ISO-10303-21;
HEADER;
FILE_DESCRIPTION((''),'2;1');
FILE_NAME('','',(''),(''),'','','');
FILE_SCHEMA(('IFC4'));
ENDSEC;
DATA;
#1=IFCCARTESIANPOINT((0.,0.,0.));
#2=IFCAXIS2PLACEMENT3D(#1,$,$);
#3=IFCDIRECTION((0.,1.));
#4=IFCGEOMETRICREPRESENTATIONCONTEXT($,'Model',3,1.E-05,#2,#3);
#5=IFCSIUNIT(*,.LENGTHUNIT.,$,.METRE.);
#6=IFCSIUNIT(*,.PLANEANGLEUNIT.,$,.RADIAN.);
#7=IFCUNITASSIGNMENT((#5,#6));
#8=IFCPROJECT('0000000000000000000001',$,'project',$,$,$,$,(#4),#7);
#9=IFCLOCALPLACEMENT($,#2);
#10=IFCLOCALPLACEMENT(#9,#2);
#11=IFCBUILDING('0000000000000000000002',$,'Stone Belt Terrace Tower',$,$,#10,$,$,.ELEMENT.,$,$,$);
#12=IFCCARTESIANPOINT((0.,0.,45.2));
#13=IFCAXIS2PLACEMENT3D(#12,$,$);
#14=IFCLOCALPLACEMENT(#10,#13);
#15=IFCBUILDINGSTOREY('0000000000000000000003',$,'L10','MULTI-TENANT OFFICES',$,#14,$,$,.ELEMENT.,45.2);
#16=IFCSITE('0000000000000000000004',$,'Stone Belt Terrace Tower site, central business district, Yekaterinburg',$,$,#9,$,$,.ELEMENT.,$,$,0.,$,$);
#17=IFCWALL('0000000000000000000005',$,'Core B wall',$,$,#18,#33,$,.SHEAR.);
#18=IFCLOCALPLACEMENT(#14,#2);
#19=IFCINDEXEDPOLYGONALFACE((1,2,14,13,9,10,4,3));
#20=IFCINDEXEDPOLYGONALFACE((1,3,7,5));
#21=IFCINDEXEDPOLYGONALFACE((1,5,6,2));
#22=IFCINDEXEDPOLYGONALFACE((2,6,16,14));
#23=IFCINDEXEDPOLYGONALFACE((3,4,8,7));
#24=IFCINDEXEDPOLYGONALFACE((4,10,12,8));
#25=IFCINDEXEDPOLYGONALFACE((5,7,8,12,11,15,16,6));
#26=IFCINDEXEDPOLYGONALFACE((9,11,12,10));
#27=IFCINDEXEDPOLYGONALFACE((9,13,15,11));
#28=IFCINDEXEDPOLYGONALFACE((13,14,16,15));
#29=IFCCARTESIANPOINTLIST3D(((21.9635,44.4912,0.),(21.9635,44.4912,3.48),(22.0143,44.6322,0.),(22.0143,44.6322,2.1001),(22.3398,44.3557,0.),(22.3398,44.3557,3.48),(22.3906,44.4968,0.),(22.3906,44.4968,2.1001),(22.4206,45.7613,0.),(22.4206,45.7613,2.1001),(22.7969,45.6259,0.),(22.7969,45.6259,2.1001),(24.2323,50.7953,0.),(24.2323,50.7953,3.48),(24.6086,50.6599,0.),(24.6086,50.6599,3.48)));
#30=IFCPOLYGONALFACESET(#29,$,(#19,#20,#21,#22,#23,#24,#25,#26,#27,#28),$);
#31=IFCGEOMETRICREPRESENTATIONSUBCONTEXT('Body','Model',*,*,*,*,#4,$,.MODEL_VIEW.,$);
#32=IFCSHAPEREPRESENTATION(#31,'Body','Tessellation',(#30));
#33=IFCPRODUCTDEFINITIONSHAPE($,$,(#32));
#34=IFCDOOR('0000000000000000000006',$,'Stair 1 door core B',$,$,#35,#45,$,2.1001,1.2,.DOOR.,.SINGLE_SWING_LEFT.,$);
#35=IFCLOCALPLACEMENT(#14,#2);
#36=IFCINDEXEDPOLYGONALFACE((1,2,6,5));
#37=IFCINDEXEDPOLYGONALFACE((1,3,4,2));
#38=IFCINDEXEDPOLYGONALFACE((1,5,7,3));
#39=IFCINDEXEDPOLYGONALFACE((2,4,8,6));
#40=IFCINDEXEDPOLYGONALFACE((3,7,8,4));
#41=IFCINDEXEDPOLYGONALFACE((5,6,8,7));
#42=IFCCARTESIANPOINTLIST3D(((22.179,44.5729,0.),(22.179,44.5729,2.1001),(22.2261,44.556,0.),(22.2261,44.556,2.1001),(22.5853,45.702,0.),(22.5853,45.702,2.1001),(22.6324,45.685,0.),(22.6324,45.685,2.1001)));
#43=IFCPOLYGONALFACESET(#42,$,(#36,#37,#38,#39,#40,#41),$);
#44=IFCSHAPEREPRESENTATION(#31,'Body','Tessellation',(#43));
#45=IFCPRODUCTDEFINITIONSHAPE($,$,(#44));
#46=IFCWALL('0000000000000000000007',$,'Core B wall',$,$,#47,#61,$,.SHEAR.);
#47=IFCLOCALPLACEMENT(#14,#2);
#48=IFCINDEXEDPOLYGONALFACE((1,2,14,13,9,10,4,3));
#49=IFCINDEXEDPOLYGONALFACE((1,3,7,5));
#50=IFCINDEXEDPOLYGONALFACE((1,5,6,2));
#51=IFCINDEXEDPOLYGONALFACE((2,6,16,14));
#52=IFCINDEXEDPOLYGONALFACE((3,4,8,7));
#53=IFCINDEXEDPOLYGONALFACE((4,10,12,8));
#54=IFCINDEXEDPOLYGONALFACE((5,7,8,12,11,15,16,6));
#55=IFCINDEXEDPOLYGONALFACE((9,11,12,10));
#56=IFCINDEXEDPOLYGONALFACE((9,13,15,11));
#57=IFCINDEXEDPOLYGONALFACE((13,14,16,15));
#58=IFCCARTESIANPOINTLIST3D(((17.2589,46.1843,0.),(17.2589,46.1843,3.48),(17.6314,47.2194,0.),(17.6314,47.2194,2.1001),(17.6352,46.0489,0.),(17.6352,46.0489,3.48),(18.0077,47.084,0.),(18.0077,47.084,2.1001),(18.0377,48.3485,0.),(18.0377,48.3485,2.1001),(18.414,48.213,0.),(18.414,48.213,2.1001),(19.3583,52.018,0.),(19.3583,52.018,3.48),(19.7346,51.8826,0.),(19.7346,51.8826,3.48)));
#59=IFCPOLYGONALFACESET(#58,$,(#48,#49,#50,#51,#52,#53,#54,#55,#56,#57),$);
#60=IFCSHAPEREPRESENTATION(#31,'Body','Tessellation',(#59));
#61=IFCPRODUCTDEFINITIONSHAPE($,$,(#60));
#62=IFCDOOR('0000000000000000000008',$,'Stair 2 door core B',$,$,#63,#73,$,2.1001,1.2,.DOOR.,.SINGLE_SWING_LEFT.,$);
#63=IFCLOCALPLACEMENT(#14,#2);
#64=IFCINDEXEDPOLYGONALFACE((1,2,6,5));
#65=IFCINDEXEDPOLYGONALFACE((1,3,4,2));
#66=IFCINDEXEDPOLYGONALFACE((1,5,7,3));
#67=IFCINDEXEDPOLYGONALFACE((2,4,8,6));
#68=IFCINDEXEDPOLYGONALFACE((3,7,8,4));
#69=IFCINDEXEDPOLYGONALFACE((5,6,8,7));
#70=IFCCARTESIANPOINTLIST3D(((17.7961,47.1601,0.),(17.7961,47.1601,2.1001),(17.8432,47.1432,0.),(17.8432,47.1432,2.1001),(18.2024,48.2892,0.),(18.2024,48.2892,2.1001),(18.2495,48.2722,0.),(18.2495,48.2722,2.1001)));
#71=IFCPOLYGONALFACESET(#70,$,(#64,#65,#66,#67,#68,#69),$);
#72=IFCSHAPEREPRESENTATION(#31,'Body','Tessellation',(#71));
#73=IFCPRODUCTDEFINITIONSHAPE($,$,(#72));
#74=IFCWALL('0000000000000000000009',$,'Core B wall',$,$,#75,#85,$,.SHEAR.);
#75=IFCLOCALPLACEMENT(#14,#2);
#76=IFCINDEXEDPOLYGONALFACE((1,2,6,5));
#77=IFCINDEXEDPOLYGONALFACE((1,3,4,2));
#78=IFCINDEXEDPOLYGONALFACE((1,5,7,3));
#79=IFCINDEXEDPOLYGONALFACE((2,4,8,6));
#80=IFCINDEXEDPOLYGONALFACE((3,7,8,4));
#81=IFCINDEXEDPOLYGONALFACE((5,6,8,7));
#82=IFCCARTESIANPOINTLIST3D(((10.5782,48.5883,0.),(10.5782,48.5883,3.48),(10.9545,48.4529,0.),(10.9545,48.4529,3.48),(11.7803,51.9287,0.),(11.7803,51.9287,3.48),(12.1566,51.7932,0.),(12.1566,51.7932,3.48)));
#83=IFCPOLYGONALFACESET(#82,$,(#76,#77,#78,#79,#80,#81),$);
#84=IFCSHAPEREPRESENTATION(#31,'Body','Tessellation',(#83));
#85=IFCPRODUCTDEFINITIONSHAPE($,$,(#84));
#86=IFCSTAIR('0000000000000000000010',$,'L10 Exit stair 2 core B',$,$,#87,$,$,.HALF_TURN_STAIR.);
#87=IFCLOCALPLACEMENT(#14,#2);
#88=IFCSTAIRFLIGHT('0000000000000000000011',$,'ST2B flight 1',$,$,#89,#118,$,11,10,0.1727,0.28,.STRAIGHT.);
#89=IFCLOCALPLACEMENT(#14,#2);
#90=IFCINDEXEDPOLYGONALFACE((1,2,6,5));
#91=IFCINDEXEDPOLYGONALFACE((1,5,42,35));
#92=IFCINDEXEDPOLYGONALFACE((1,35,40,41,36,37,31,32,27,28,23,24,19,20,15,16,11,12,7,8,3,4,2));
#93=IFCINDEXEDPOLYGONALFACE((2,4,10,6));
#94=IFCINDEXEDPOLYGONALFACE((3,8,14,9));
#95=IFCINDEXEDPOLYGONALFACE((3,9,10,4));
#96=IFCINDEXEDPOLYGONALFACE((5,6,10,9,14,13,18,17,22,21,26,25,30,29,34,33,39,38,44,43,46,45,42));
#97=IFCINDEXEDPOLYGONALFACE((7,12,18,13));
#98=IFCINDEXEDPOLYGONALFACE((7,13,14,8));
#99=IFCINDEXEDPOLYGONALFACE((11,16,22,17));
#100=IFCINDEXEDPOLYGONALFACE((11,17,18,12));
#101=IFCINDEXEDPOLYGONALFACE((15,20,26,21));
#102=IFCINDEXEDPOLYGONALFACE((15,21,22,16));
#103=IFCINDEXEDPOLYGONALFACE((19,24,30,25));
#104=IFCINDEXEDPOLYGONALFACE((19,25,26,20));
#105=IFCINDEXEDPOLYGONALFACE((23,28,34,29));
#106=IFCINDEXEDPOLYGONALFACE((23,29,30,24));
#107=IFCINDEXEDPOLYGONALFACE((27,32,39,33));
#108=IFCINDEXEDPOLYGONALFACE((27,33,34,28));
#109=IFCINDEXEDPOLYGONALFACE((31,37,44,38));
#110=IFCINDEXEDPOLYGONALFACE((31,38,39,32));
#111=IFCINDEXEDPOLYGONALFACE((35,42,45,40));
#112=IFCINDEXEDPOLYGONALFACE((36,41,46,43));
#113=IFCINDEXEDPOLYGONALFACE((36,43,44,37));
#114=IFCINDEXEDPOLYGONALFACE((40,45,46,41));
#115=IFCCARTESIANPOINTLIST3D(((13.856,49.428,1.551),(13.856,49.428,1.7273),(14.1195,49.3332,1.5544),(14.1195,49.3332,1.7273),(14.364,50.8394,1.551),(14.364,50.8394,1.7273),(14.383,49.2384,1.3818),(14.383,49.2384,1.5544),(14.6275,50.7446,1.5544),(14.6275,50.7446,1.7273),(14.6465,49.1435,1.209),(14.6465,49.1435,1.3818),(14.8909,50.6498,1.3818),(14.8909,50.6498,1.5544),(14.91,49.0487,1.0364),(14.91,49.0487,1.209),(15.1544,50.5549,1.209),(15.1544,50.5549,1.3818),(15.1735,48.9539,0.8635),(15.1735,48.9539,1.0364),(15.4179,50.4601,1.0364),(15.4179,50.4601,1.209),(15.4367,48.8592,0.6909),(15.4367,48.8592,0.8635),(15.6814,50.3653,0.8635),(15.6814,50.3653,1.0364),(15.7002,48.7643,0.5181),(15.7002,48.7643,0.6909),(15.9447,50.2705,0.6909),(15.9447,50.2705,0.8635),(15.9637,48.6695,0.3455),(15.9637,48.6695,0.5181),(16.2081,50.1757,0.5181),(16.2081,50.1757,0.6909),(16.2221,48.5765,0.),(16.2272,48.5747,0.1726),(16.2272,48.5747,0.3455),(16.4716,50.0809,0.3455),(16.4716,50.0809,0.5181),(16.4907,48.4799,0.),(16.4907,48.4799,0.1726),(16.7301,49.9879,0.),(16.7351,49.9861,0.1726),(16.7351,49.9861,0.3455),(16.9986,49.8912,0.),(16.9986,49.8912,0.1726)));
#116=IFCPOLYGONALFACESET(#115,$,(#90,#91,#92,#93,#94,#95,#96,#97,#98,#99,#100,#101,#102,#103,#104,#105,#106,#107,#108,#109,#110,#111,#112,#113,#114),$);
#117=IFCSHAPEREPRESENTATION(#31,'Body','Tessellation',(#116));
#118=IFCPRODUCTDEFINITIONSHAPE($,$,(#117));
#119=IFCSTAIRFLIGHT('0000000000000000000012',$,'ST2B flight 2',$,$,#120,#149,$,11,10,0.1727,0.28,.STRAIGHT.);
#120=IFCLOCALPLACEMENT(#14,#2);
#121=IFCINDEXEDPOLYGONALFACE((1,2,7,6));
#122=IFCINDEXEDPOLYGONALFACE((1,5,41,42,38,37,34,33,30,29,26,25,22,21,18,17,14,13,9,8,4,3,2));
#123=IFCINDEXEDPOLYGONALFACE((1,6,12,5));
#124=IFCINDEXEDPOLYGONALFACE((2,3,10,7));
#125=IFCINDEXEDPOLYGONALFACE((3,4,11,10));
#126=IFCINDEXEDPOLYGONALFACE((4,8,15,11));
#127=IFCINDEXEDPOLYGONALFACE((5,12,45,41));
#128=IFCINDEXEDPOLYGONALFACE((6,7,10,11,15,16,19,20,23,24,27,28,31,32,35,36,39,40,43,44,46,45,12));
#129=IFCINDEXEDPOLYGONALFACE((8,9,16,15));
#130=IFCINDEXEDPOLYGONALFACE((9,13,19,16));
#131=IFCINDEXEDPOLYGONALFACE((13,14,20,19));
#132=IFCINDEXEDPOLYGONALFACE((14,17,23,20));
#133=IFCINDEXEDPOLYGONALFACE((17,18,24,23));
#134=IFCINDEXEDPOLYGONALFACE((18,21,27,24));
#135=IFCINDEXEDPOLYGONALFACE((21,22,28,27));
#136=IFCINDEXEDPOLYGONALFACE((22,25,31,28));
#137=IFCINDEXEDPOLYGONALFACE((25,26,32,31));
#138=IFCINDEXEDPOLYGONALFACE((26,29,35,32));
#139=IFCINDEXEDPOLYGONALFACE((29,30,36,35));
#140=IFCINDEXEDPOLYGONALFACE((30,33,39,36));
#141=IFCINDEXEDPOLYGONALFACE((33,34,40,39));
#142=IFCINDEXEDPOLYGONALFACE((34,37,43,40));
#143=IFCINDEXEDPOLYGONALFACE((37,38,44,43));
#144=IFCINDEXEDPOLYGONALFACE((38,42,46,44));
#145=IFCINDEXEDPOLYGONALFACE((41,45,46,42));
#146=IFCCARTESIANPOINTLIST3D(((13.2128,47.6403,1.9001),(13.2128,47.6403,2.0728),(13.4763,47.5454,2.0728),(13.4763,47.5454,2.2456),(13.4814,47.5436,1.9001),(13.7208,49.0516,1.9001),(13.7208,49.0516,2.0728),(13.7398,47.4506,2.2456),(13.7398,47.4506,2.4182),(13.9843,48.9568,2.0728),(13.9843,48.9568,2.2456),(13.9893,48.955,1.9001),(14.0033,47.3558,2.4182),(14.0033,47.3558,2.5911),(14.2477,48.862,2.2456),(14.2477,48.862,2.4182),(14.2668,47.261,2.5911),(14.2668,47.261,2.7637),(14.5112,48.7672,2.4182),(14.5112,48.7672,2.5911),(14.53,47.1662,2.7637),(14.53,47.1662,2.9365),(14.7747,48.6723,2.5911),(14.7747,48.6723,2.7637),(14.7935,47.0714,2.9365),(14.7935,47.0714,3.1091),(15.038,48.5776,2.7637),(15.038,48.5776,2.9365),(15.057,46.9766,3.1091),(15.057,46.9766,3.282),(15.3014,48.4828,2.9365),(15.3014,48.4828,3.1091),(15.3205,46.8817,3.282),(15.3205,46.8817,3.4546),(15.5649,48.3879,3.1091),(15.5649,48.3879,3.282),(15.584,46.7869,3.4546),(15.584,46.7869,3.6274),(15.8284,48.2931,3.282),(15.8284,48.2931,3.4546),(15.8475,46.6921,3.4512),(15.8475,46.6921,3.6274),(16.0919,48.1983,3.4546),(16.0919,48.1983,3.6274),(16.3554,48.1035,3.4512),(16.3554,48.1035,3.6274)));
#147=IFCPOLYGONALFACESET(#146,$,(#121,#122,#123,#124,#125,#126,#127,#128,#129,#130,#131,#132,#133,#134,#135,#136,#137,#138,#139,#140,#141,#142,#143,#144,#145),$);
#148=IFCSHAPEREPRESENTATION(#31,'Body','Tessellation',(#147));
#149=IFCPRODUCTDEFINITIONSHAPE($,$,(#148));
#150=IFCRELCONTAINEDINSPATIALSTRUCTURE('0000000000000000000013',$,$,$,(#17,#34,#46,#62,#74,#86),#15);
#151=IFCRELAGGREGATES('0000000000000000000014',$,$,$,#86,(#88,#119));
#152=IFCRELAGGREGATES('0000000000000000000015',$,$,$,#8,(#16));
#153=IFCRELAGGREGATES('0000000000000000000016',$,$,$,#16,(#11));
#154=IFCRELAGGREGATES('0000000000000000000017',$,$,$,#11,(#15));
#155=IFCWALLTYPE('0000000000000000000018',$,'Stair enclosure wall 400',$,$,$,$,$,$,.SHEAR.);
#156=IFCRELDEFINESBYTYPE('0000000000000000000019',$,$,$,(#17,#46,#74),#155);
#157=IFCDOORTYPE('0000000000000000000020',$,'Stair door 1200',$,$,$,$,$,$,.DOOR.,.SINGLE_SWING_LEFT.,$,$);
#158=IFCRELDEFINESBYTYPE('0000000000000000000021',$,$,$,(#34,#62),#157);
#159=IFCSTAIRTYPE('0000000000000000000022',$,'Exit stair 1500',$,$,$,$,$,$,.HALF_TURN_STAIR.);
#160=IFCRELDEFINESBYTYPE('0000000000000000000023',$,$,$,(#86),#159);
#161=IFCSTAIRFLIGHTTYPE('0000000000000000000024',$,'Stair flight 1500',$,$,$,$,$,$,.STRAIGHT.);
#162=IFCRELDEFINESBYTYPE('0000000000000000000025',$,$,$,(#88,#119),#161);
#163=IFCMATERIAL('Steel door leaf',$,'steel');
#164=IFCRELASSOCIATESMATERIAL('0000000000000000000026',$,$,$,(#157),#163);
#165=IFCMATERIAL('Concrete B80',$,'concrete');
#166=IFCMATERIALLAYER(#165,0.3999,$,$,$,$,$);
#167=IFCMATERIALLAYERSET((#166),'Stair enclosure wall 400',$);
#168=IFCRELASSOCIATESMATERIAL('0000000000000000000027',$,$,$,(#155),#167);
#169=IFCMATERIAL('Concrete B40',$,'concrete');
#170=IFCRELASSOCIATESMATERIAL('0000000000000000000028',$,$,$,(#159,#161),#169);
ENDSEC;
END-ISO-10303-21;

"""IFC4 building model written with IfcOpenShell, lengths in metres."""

from ifc_helpers import new_model, si_unit, direction, frame, frame_2d, origin, place, context, subcontext, project, spatial, polyline, rectangle, outline, extrude, material, layer, layer_set, type_object, element, fill, aggregate, save


model = new_model("IFC4")

# Units and contexts
model_context = context("Model", 3, precision=1e-05, world=origin(), true_north=direction((0.0, 1.0)))
body_context = subcontext(model_context, "Body", "Model", "MODEL_VIEW")
ifc_project = project(units=[si_unit("LENGTHUNIT", "METRE"), si_unit("PLANEANGLEUNIT", "RADIAN")], contexts=[model_context])

# Site, building, storey
site_placement = place(None, origin())
site = spatial("IfcSite", under=ifc_project, at=site_placement, Name="Stone Belt Terrace Tower site, central business district, Yekaterinburg", CompositionType="ELEMENT", RefElevation=0.0)
building_placement = place(site_placement, origin())
building = spatial("IfcBuilding", under=site, at=building_placement, Name="Stone Belt Terrace Tower", CompositionType="ELEMENT")
storey_placement = place(building_placement, frame((0.0, 0.0, 45.2)))
storey = spatial("IfcBuildingStorey", under=building, at=storey_placement, Name="L10", Description="MULTI-TENANT OFFICES", CompositionType="ELEMENT", Elevation=45.2)

# Shared definitions
ifc_material_1 = material(Name="Concrete B80", Category="concrete")

# Shared definitions
ifc_material_2 = material(Name="Steel door leaf", Category="steel")
door_type_1 = type_object("IfcDoorType", Name="Stair door 1200", OperationType="SINGLE_SWING_LEFT", PredefinedType="DOOR", material=ifc_material_2)

# Walls, openings, doors
ifc_layer_1 = layer(ifc_material_1, 0.3999)
ifc_layer_set_1 = layer_set([ifc_layer_1], Name="Stair enclosure wall 400")
wall_type_1 = type_object("IfcWallType", Name="Stair enclosure wall 400", PredefinedType="SHEAR", material=ifc_layer_set_1)
wall_1_placement = place(storey_placement, frame((22.1516, 44.4233, 0.0), z_axis=(0.0, 0.0, 1.0), x_axis=(0.338625, 0.940921, 0.0)))
wall_1 = element("IfcWall", 1, at=wall_1_placement, inside=storey, type_object=wall_type_1, Name="Core B wall", PredefinedType="SHEAR", context=body_context, shape_type="SweptSolid", body=[
    extrude(rectangle(XDim=6.7, YDim=0.3999, at=frame_2d((3.3501, 0.0))), origin(), (0.0, 0.0, 1.0), 3.48),
])
opening_1_placement = place(wall_1_placement, frame((0.1499, 0.0, 0.0)))
opening_1 = element("IfcOpeningElement", 2, at=opening_1_placement, cuts=wall_1, PredefinedType="OPENING", context=body_context, shape_type="SweptSolid", body=[
    extrude(rectangle(XDim=1.2, YDim=2.1001, at=frame_2d((0.6001, 1.05))), frame((0.0, 0.21, 0.0), z_axis=(0.0, -1.0, 0.0), x_axis=(1.0, 0.0, 0.0)), (0.0, 0.0, 1.0), 0.4199),
])
door_1_placement = place(opening_1_placement, origin())
door_1 = element("IfcDoor", 3, at=door_1_placement, inside=storey, type_object=door_type_1, Name="Stair 1 door core B", OperationType="SINGLE_SWING_LEFT", OverallHeight=2.1001, OverallWidth=1.2, PredefinedType="DOOR", context=body_context, shape_type="SweptSolid", body=[
    extrude(rectangle(XDim=1.2, YDim=2.1001, at=frame_2d((0.6001, 1.05))), frame((0.0, 0.0249, 0.0), z_axis=(0.0, -1.0, 0.0), x_axis=(1.0, 0.0, 0.0)), (0.0, 0.0, 1.0), 0.05),
])
fill(opening_1, door_1)
wall_2_placement = place(storey_placement, frame((17.447, 46.1165, 0.0), z_axis=(0.0, 0.0, 1.0), x_axis=(0.338608, 0.940928, 0.0)))
wall_2 = element("IfcWall", 4, at=wall_2_placement, inside=storey, type_object=wall_type_1, Name="Core B wall", PredefinedType="SHEAR", context=body_context, shape_type="SweptSolid", body=[
    extrude(rectangle(XDim=6.2, YDim=0.3999, at=frame_2d((3.1001, 0.0))), origin(), (0.0, 0.0, 1.0), 3.48),
])
opening_2_placement = place(wall_2_placement, frame((1.1001, 0.0, 0.0)))
opening_2 = element("IfcOpeningElement", 5, at=opening_2_placement, cuts=wall_2, PredefinedType="OPENING", context=body_context, shape_type="SweptSolid", body=[
    extrude(rectangle(XDim=1.2, YDim=2.1001, at=frame_2d((0.6001, 1.05))), frame((0.0, 0.21, 0.0), z_axis=(0.0, -1.0, 0.0), x_axis=(1.0, 0.0, 0.0)), (0.0, 0.0, 1.0), 0.4199),
])
door_2_placement = place(opening_2_placement, origin())
door_2 = element("IfcDoor", 6, at=door_2_placement, inside=storey, type_object=door_type_1, Name="Stair 2 door core B", OperationType="SINGLE_SWING_LEFT", OverallHeight=2.1001, OverallWidth=1.2, PredefinedType="DOOR", context=body_context, shape_type="SweptSolid", body=[
    extrude(rectangle(XDim=1.2, YDim=2.1001, at=frame_2d((0.6001, 1.05))), frame((0.0, 0.0249, 0.0), z_axis=(0.0, -1.0, 0.0), x_axis=(1.0, 0.0, 0.0)), (0.0, 0.0, 1.0), 0.05),
])
fill(opening_2, door_2)

# Wall
wall_3_placement = place(storey_placement, frame((10.7664, 48.5208, 0.0), z_axis=(0.0, 0.0, 1.0), x_axis=(0.338627, 0.940921, 0.0)))
element("IfcWall", 7, at=wall_3_placement, inside=storey, type_object=wall_type_1, Name="Core B wall", PredefinedType="SHEAR", context=body_context, shape_type="SweptSolid", body=[
    extrude(rectangle(XDim=3.55, YDim=0.3999, at=frame_2d((1.7749, 0.0))), origin(), (0.0, 0.0, 1.0), 3.48),
])

# Stair, stair flights
ifc_material_3 = material(Name="Concrete B40", Category="concrete")
stair_type = type_object("IfcStairType", Name="Exit stair 1500", PredefinedType="HALF_TURN_STAIR", material=ifc_material_3)
stair_placement = place(storey_placement, origin())
stair = element("IfcStair", 8, at=stair_placement, inside=storey, type_object=stair_type, Name="L10 Exit stair 2 core B", PredefinedType="HALF_TURN_STAIR")
stair_flight_type = type_object("IfcStairFlightType", Name="Stair flight 1500", PredefinedType="STRAIGHT", material=ifc_material_3)
stair_flight_1_placement = place(storey_placement, frame((16.7446, 49.1855, 0.0), z_axis=(0.0, 0.0, 1.0), x_axis=(-0.940922, 0.338624, 0.0)))
stair_flight_1 = element("IfcStairFlight", 9, at=stair_flight_1_placement, type_object=stair_flight_type, Name="ST2B flight 1", NumberOfRisers=11, NumberOfTreads=10, PredefinedType="STRAIGHT", RiserHeight=0.1727, TreadLength=0.28, context=body_context, shape_type="SweptSolid", body=[
    extrude(outline(polyline([(0.0, 0.0), (0.0, 0.1726), (0.28, 0.1726), (0.28, 0.3455), (0.5601, 0.3455), (0.5601, 0.5181), (0.8401, 0.5181), (0.8401, 0.6909), (1.1201, 0.6909), (1.1201, 0.8635), (1.3999, 0.8635), (1.3999, 1.0364), (1.6799, 1.0364), (1.6799, 1.209), (1.96, 1.209), (1.96, 1.3818), (2.24, 1.3818), (2.24, 1.5544), (2.52, 1.5544), (2.52, 1.7273), (2.8, 1.7273), (2.8, 1.8999), (2.8, 1.551), (0.2854, 0.0), (0.0, 0.0)])), frame((0.0, 0.75, 0.0), z_axis=(0.0, -1.0, 0.0), x_axis=(1.0, 0.0, 0.0)), (0.0, 0.0, 1.0), 1.5),
])
stair_flight_2_placement = place(storey_placement, frame((13.4668, 48.3459, 1.9001), z_axis=(0.0, 0.0, 1.0), x_axis=(0.940922, -0.338624, 0.0)))
stair_flight_2 = element("IfcStairFlight", 10, at=stair_flight_2_placement, type_object=stair_flight_type, Name="ST2B flight 2", NumberOfRisers=11, NumberOfTreads=10, PredefinedType="STRAIGHT", RiserHeight=0.1727, TreadLength=0.28, context=body_context, shape_type="SweptSolid", body=[
    extrude(outline(polyline([(0.0, 0.0), (0.0, 0.1726), (0.28, 0.1726), (0.28, 0.3455), (0.5601, 0.3455), (0.5601, 0.5181), (0.8401, 0.5181), (0.8401, 0.6909), (1.1201, 0.6909), (1.1201, 0.8635), (1.3999, 0.8635), (1.3999, 1.0364), (1.6799, 1.0364), (1.6799, 1.209), (1.96, 1.209), (1.96, 1.3818), (2.24, 1.3818), (2.24, 1.5544), (2.52, 1.5544), (2.52, 1.7273), (2.8, 1.7273), (2.8, 1.8999), (2.8, 1.551), (0.2854, 0.0), (0.0, 0.0)])), frame((0.0, 0.75, 0.0), z_axis=(0.0, -1.0, 0.0), x_axis=(1.0, 0.0, 0.0)), (0.0, 0.0, 1.0), 1.5),
])
aggregate(stair, [stair_flight_1, stair_flight_2])

save(model, "model.ifc")
